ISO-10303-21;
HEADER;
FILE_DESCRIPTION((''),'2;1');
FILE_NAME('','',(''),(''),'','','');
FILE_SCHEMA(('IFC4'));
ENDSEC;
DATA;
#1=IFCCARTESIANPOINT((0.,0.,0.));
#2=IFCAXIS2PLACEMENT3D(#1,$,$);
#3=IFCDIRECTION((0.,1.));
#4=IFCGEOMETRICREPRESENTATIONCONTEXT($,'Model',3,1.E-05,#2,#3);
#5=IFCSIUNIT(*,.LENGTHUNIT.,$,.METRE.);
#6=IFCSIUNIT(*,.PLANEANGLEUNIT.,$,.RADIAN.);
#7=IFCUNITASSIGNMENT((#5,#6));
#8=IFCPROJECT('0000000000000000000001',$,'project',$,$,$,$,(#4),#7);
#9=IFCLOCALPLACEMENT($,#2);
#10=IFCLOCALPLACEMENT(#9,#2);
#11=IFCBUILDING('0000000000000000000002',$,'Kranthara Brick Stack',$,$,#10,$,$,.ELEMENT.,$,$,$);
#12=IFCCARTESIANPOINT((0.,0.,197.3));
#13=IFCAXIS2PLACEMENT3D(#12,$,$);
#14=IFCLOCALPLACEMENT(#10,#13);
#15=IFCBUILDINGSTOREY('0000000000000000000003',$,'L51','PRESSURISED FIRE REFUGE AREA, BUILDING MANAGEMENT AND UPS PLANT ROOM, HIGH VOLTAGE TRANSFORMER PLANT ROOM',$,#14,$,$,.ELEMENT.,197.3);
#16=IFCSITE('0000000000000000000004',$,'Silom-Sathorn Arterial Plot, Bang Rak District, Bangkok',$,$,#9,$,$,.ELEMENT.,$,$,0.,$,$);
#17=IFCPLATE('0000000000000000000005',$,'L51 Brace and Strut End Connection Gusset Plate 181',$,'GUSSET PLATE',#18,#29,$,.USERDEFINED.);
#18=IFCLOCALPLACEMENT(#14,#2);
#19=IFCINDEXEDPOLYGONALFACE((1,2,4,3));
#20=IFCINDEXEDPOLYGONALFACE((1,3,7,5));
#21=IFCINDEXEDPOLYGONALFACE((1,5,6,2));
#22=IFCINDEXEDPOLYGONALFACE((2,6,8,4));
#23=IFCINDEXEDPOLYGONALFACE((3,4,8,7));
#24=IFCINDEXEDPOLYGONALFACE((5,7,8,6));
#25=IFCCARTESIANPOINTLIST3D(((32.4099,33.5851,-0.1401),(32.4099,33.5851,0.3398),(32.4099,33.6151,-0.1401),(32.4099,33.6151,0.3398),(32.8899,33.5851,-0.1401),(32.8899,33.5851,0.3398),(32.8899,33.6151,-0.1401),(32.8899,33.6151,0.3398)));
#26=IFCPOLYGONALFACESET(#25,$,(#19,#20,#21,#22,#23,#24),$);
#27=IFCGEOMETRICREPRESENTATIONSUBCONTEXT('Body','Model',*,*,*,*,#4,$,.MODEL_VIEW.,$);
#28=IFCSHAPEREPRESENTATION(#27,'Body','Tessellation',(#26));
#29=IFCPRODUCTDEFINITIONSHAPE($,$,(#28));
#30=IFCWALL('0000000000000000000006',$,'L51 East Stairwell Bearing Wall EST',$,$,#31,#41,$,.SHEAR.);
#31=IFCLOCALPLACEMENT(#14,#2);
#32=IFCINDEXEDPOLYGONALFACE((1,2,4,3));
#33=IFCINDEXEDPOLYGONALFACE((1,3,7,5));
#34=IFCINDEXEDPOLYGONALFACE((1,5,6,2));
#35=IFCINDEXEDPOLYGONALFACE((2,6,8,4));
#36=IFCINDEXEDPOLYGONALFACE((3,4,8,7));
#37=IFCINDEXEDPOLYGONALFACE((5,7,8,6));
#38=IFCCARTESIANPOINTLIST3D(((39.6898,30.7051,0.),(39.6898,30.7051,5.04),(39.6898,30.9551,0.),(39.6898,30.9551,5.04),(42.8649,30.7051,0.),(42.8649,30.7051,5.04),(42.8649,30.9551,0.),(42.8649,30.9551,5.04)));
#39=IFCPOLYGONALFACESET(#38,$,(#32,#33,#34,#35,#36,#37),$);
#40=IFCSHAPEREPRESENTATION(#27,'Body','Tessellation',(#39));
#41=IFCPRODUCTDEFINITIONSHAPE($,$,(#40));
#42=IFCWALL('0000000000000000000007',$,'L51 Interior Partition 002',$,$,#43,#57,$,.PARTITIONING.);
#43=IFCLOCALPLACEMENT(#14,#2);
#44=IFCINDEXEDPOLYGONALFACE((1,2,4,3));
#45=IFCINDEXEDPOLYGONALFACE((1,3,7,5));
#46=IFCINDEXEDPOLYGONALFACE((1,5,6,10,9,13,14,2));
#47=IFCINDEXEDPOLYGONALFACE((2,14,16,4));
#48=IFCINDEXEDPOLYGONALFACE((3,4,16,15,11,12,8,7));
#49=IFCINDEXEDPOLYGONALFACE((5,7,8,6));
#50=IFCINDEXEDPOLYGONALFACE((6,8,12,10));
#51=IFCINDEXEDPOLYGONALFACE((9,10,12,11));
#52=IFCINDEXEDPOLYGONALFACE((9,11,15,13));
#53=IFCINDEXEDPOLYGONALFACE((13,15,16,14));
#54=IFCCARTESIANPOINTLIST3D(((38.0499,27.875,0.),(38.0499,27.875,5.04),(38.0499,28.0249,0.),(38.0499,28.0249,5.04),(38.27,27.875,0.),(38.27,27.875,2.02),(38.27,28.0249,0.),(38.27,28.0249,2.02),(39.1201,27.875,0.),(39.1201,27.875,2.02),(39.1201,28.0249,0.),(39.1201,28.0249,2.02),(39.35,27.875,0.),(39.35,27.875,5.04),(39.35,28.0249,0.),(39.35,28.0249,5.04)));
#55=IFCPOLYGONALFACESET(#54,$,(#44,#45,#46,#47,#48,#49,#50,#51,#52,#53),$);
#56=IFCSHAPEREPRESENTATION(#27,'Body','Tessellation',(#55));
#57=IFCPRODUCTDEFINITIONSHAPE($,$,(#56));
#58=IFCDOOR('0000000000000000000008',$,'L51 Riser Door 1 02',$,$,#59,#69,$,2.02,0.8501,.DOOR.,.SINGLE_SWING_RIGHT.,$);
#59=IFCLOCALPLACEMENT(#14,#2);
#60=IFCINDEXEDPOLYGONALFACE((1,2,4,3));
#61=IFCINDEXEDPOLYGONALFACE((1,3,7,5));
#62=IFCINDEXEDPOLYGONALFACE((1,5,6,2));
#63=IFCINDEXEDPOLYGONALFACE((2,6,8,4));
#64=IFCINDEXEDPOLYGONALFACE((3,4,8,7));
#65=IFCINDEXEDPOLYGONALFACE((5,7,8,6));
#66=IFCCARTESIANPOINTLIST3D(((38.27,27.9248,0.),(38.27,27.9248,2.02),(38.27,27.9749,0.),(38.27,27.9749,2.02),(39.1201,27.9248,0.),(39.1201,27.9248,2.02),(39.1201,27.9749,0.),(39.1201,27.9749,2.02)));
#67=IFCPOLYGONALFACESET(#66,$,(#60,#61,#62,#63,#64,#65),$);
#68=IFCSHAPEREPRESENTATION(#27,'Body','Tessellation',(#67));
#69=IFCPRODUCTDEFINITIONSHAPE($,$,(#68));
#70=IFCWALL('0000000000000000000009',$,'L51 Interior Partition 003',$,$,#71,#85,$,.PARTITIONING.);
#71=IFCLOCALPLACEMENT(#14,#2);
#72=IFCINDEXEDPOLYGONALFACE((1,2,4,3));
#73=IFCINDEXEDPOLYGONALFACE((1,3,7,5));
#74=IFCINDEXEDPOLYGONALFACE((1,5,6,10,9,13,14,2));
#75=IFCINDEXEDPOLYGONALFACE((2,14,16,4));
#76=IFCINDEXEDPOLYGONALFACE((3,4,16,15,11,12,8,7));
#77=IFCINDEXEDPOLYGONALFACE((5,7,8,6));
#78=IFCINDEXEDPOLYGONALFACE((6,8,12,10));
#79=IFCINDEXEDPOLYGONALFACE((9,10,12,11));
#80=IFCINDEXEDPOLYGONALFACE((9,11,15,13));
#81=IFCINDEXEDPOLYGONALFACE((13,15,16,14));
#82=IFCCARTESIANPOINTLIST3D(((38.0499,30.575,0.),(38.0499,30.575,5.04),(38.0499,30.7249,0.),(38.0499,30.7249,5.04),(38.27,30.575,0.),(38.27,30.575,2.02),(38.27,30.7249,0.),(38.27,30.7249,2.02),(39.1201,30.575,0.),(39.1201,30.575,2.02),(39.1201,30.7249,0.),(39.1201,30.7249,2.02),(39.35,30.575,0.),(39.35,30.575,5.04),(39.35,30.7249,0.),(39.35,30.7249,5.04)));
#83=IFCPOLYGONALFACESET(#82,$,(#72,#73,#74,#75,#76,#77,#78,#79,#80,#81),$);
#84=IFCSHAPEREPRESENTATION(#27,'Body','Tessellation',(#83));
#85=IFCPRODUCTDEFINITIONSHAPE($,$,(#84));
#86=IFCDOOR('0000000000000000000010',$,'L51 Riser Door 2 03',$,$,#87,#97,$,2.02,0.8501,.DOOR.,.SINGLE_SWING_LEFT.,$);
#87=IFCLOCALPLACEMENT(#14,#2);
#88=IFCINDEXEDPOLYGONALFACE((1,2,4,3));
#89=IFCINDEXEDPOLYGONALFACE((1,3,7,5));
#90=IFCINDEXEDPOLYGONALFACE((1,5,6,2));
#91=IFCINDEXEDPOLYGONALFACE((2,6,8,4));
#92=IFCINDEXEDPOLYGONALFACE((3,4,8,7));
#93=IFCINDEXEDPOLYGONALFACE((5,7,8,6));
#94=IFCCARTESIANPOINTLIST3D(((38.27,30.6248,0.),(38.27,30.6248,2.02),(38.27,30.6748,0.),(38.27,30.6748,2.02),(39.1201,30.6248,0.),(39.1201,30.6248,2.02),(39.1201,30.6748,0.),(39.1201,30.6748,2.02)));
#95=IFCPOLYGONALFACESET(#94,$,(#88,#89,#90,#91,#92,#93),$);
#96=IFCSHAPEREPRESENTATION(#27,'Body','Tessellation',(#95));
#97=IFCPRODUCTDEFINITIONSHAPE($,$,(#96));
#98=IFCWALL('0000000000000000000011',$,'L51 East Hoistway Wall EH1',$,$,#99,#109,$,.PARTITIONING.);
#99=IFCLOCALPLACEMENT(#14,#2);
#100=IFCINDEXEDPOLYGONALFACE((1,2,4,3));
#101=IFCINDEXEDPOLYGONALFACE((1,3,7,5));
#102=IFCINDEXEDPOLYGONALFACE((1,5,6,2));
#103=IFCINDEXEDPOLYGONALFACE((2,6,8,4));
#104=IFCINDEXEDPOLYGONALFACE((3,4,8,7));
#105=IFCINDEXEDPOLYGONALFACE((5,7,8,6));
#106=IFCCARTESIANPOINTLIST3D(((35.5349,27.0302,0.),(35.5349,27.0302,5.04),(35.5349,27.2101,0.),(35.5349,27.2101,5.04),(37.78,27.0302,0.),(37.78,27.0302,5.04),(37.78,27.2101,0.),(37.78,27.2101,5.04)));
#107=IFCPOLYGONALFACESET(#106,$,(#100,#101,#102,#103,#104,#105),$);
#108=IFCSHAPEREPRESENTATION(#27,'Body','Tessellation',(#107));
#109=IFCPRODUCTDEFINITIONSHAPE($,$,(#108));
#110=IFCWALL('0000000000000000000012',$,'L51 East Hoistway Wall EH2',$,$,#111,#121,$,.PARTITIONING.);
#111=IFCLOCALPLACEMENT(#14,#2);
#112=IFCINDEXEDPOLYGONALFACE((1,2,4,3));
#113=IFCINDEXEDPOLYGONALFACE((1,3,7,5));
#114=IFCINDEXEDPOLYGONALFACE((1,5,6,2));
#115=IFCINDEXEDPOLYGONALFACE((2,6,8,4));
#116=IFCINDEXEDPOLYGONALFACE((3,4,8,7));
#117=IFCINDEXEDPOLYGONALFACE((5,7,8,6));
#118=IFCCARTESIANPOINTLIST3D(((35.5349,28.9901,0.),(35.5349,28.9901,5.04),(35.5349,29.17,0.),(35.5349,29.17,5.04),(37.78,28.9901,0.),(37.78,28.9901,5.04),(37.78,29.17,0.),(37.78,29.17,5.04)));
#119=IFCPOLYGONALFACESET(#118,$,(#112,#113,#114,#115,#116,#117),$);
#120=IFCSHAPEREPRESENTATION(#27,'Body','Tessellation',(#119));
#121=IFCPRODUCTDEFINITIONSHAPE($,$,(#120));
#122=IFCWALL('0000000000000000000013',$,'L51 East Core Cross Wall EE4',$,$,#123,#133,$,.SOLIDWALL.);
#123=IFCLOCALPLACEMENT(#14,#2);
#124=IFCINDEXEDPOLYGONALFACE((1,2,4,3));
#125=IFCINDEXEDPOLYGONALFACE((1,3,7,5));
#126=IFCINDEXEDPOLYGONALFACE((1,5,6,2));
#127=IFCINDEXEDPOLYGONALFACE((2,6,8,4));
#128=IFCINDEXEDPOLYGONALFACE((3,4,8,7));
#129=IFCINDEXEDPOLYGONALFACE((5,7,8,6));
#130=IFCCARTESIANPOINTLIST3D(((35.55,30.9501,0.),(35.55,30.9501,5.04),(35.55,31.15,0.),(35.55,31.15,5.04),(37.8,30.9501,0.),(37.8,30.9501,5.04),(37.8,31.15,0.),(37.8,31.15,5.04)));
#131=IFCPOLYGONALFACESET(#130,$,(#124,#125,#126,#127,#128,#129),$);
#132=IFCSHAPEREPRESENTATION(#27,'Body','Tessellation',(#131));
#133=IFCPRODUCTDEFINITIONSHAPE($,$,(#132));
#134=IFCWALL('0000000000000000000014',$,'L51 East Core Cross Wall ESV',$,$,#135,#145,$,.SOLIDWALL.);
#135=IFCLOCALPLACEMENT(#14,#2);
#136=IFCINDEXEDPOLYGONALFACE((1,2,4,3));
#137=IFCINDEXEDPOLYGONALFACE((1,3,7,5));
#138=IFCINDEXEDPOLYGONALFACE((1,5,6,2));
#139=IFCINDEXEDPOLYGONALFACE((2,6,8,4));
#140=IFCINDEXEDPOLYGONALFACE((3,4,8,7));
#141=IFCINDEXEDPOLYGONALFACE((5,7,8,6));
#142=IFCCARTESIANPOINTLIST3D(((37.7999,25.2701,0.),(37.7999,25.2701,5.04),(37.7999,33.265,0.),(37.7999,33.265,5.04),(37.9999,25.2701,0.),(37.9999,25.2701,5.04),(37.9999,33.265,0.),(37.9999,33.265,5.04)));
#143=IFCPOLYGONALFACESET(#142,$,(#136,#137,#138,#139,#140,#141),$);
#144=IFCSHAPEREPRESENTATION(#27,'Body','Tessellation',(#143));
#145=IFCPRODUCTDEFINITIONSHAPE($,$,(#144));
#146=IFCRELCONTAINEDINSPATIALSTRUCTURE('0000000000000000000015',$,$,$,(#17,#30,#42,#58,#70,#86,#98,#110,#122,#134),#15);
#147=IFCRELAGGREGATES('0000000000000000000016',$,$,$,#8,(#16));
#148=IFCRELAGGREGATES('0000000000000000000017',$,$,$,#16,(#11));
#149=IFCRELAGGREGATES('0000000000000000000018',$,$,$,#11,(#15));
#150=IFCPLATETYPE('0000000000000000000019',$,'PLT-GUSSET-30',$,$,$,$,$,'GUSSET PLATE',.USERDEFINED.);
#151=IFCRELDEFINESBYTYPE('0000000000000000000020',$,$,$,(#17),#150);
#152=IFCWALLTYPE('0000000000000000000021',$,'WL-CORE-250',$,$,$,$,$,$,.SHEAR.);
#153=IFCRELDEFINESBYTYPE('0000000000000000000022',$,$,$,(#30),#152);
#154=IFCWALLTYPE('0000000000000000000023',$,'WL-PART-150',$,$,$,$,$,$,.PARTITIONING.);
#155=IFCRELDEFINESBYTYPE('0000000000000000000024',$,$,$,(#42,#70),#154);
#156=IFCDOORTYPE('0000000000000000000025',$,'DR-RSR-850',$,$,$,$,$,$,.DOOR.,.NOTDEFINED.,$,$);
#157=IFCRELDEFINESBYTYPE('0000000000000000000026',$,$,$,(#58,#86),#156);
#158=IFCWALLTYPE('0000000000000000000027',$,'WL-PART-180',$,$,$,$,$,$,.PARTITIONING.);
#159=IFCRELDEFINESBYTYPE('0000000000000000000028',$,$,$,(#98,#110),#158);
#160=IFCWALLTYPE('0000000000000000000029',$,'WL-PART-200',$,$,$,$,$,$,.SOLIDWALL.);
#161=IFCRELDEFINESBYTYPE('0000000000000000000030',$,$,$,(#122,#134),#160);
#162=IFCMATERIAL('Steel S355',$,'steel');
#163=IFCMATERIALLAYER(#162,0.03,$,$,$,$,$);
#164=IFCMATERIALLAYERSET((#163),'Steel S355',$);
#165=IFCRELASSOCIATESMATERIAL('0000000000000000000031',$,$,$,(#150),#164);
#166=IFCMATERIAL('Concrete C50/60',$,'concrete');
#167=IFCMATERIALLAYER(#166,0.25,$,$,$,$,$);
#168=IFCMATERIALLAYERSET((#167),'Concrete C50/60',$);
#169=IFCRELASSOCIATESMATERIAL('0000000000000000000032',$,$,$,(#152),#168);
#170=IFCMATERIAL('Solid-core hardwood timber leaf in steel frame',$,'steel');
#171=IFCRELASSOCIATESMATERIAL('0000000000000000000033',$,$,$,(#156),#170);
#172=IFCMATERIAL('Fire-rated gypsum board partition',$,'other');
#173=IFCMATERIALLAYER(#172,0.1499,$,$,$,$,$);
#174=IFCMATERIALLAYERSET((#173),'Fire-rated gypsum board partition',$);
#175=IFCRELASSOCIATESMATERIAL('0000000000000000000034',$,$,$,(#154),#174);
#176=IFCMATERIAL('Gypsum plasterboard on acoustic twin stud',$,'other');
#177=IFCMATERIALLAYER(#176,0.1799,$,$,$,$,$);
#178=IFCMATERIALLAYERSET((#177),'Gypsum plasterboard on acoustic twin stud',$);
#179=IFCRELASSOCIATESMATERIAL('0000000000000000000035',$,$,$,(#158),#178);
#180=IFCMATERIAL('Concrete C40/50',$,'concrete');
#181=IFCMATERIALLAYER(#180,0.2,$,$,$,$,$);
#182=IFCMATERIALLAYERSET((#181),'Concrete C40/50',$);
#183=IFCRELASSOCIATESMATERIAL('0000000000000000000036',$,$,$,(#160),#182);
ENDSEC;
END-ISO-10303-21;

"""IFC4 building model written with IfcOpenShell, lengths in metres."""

from ifc_helpers import new_model, si_unit, direction, frame, frame_2d, origin, origin_2d, place, context, subcontext, project, spatial, rectangle, extrude, material, layer, layer_set, type_object, element, fill, save


model = new_model("IFC4")

# Units and contexts
model_context = context("Model", 3, precision=1e-05, world=origin(), true_north=direction((0.0, 1.0)))
body_context = subcontext(model_context, "Body", "Model", "MODEL_VIEW")
ifc_project = project(units=[si_unit("LENGTHUNIT", "METRE"), si_unit("PLANEANGLEUNIT", "RADIAN")], contexts=[model_context])

# Site, building, storey
site_placement = place(None, origin())
site = spatial("IfcSite", under=ifc_project, at=site_placement, Name="Silom-Sathorn Arterial Plot, Bang Rak District, Bangkok", CompositionType="ELEMENT", RefElevation=0.0)
building_placement = place(site_placement, origin())
building = spatial("IfcBuilding", under=site, at=building_placement, Name="Kranthara Brick Stack", CompositionType="ELEMENT")
storey_placement = place(building_placement, frame((0.0, 0.0, 197.3)))
storey = spatial("IfcBuildingStorey", under=building, at=storey_placement, Name="L51", Description="PRESSURISED FIRE REFUGE AREA, BUILDING MANAGEMENT AND UPS PLANT ROOM, HIGH VOLTAGE TRANSFORMER PLANT ROOM", CompositionType="ELEMENT", Elevation=197.3)

# Plate
ifc_material_1 = material(Name="Steel S355", Category="steel")
ifc_layer_1 = layer(ifc_material_1, 0.03)
ifc_layer_set_1 = layer_set([ifc_layer_1], Name="Steel S355")
plate_type = type_object("IfcPlateType", Name="PLT-GUSSET-30", ElementType="GUSSET PLATE", PredefinedType="USERDEFINED", material=ifc_layer_set_1)
plate_placement = place(storey_placement, frame((32.6499, 33.6001, -0.1401), z_axis=(0.0, 0.0, 1.0), x_axis=(1.0, 0.0, 0.0)))
element("IfcPlate", 1, at=plate_placement, inside=storey, type_object=plate_type, Name="L51 Brace and Strut End Connection Gusset Plate 181", ObjectType="GUSSET PLATE", PredefinedType="USERDEFINED", context=body_context, shape_type="SweptSolid", body=[
    extrude(rectangle(XDim=0.48, YDim=0.03, at=origin_2d()), origin(), (0.0, 0.0, 1.0), 0.48),
])

# Wall
ifc_material_2 = material(Name="Concrete C50/60", Category="concrete")
ifc_layer_2 = layer(ifc_material_2, 0.25)
ifc_layer_set_2 = layer_set([ifc_layer_2], Name="Concrete C50/60")
wall_type_1 = type_object("IfcWallType", Name="WL-CORE-250", PredefinedType="SHEAR", material=ifc_layer_set_2)
wall_1_placement = place(storey_placement, frame((39.6899, 30.8301, 0.0), z_axis=(0.0, 0.0, 1.0), x_axis=(1.0, 0.0, 0.0)))
element("IfcWall", 2, at=wall_1_placement, inside=storey, type_object=wall_type_1, Name="L51 East Stairwell Bearing Wall EST", PredefinedType="SHEAR", context=body_context, shape_type="SweptSolid", body=[
    extrude(rectangle(XDim=3.175, YDim=0.25, at=frame_2d((1.5874, 0.0))), origin(), (0.0, 0.0, 1.0), 5.04),
])

# Shared definitions
ifc_material_3 = material(Name="Solid-core hardwood timber leaf in steel frame", Category="steel")
door_type_1 = type_object("IfcDoorType", Name="DR-RSR-850", OperationType="NOTDEFINED", PredefinedType="DOOR", material=ifc_material_3)

# Walls, openings, doors
ifc_material_4 = material(Name="Fire-rated gypsum board partition", Category="other")
ifc_layer_3 = layer(ifc_material_4, 0.1499)
ifc_layer_set_3 = layer_set([ifc_layer_3], Name="Fire-rated gypsum board partition")
wall_type_2 = type_object("IfcWallType", Name="WL-PART-150", PredefinedType="PARTITIONING", material=ifc_layer_set_3)
wall_2_placement = place(storey_placement, frame((38.05, 27.95, 0.0), z_axis=(0.0, 0.0, 1.0), x_axis=(1.0, 0.0, 0.0)))
wall_2 = element("IfcWall", 3, at=wall_2_placement, inside=storey, type_object=wall_type_2, Name="L51 Interior Partition 002", PredefinedType="PARTITIONING", context=body_context, shape_type="SweptSolid", body=[
    extrude(rectangle(XDim=1.3, YDim=0.1499, at=frame_2d((0.6499, 0.0))), origin(), (0.0, 0.0, 1.0), 5.04),
])
opening_1_placement = place(wall_2_placement, frame((0.22, 0.0, 0.0)))
opening_1 = element("IfcOpeningElement", 4, at=opening_1_placement, cuts=wall_2, PredefinedType="OPENING", context=body_context, shape_type="SweptSolid", body=[
    extrude(rectangle(XDim=0.8501, YDim=2.02, at=frame_2d((0.425, 1.01))), frame((0.0, 0.085, 0.0), z_axis=(0.0, -1.0, 0.0), x_axis=(1.0, 0.0, 0.0)), (0.0, 0.0, 1.0), 0.1699),
])
door_1_placement = place(opening_1_placement, origin())
door_1 = element("IfcDoor", 5, at=door_1_placement, inside=storey, type_object=door_type_1, Name="L51 Riser Door 1 02", OperationType="SINGLE_SWING_RIGHT", OverallHeight=2.02, OverallWidth=0.8501, PredefinedType="DOOR", context=body_context, shape_type="SweptSolid", body=[
    extrude(rectangle(XDim=0.8501, YDim=2.02, at=frame_2d((0.425, 1.01))), frame((0.0, 0.0249, 0.0), z_axis=(0.0, -1.0, 0.0), x_axis=(1.0, 0.0, 0.0)), (0.0, 0.0, 1.0), 0.05),
])
fill(opening_1, door_1)
wall_3_placement = place(storey_placement, frame((38.05, 30.6499, 0.0), z_axis=(0.0, 0.0, 1.0), x_axis=(1.0, 0.0, 0.0)))
wall_3 = element("IfcWall", 6, at=wall_3_placement, inside=storey, type_object=wall_type_2, Name="L51 Interior Partition 003", PredefinedType="PARTITIONING", context=body_context, shape_type="SweptSolid", body=[
    extrude(rectangle(XDim=1.3, YDim=0.1499, at=frame_2d((0.6499, 0.0))), origin(), (0.0, 0.0, 1.0), 5.04),
])
opening_2_placement = place(wall_3_placement, frame((0.22, 0.0, 0.0)))
opening_2 = element("IfcOpeningElement", 7, at=opening_2_placement, cuts=wall_3, PredefinedType="OPENING", context=body_context, shape_type="SweptSolid", body=[
    extrude(rectangle(XDim=0.8501, YDim=2.02, at=frame_2d((0.425, 1.01))), frame((0.0, 0.085, 0.0), z_axis=(0.0, -1.0, 0.0), x_axis=(1.0, 0.0, 0.0)), (0.0, 0.0, 1.0), 0.1699),
])
door_2_placement = place(opening_2_placement, origin())
door_2 = element("IfcDoor", 8, at=door_2_placement, inside=storey, type_object=door_type_1, Name="L51 Riser Door 2 03", OperationType="SINGLE_SWING_LEFT", OverallHeight=2.02, OverallWidth=0.8501, PredefinedType="DOOR", context=body_context, shape_type="SweptSolid", body=[
    extrude(rectangle(XDim=0.8501, YDim=2.02, at=frame_2d((0.425, 1.01))), frame((0.0, 0.0249, 0.0), z_axis=(0.0, -1.0, 0.0), x_axis=(1.0, 0.0, 0.0)), (0.0, 0.0, 1.0), 0.05),
])
fill(opening_2, door_2)

# Walls
ifc_material_5 = material(Name="Gypsum plasterboard on acoustic twin stud", Category="other")
ifc_layer_4 = layer(ifc_material_5, 0.1799)
ifc_layer_set_4 = layer_set([ifc_layer_4], Name="Gypsum plasterboard on acoustic twin stud")
wall_type_3 = type_object("IfcWallType", Name="WL-PART-180", PredefinedType="PARTITIONING", material=ifc_layer_set_4)
for number, where, z_axis, x_axis, name in (
    (9, (35.5349, 27.1201, 0.0), (0.0, 0.0, 1.0), (1.0, 0.0, 0.0), "L51 East Hoistway Wall EH1"),
    (10, (35.5349, 29.0801, 0.0), (0.0, 0.0, 1.0), (1.0, 0.0, 0.0), "L51 East Hoistway Wall EH2"),
):
    element("IfcWall", number, at=place(storey_placement, frame(where, z_axis=z_axis, x_axis=x_axis)), inside=storey, type_object=wall_type_3, Name=name, PredefinedType="PARTITIONING", context=body_context, shape_type="SweptSolid", body=[
        extrude(rectangle(XDim=2.2451, YDim=0.1799, at=frame_2d((1.1226, 0.0))), origin(), (0.0, 0.0, 1.0), 5.04),
    ])
ifc_material_6 = material(Name="Concrete C40/50", Category="concrete")
ifc_layer_5 = layer(ifc_material_6, 0.2)
ifc_layer_set_5 = layer_set([ifc_layer_5], Name="Concrete C40/50")
wall_type_4 = type_object("IfcWallType", Name="WL-PART-200", PredefinedType="SOLIDWALL", material=ifc_layer_set_5)
wall_4_placement = place(storey_placement, frame((35.55, 31.05, 0.0), z_axis=(0.0, 0.0, 1.0), x_axis=(1.0, 0.0, 0.0)))
element("IfcWall", 11, at=wall_4_placement, inside=storey, type_object=wall_type_4, Name="L51 East Core Cross Wall EE4", PredefinedType="SOLIDWALL", context=body_context, shape_type="SweptSolid", body=[
    extrude(rectangle(XDim=2.25, YDim=0.2, at=frame_2d((1.125, 0.0))), origin(), (0.0, 0.0, 1.0), 5.04),
])
wall_5_placement = place(storey_placement, frame((37.8999, 25.27, 0.0), z_axis=(0.0, 0.0, 1.0), x_axis=(0.0, 1.0, 0.0)))
element("IfcWall", 12, at=wall_5_placement, inside=storey, type_object=wall_type_4, Name="L51 East Core Cross Wall ESV", PredefinedType="SOLIDWALL", context=body_context, shape_type="SweptSolid", body=[
    extrude(rectangle(XDim=7.9949, YDim=0.2, at=frame_2d((3.9976, 0.0))), origin(), (0.0, 0.0, 1.0), 5.04),
])

save(model, "model.ifc")
